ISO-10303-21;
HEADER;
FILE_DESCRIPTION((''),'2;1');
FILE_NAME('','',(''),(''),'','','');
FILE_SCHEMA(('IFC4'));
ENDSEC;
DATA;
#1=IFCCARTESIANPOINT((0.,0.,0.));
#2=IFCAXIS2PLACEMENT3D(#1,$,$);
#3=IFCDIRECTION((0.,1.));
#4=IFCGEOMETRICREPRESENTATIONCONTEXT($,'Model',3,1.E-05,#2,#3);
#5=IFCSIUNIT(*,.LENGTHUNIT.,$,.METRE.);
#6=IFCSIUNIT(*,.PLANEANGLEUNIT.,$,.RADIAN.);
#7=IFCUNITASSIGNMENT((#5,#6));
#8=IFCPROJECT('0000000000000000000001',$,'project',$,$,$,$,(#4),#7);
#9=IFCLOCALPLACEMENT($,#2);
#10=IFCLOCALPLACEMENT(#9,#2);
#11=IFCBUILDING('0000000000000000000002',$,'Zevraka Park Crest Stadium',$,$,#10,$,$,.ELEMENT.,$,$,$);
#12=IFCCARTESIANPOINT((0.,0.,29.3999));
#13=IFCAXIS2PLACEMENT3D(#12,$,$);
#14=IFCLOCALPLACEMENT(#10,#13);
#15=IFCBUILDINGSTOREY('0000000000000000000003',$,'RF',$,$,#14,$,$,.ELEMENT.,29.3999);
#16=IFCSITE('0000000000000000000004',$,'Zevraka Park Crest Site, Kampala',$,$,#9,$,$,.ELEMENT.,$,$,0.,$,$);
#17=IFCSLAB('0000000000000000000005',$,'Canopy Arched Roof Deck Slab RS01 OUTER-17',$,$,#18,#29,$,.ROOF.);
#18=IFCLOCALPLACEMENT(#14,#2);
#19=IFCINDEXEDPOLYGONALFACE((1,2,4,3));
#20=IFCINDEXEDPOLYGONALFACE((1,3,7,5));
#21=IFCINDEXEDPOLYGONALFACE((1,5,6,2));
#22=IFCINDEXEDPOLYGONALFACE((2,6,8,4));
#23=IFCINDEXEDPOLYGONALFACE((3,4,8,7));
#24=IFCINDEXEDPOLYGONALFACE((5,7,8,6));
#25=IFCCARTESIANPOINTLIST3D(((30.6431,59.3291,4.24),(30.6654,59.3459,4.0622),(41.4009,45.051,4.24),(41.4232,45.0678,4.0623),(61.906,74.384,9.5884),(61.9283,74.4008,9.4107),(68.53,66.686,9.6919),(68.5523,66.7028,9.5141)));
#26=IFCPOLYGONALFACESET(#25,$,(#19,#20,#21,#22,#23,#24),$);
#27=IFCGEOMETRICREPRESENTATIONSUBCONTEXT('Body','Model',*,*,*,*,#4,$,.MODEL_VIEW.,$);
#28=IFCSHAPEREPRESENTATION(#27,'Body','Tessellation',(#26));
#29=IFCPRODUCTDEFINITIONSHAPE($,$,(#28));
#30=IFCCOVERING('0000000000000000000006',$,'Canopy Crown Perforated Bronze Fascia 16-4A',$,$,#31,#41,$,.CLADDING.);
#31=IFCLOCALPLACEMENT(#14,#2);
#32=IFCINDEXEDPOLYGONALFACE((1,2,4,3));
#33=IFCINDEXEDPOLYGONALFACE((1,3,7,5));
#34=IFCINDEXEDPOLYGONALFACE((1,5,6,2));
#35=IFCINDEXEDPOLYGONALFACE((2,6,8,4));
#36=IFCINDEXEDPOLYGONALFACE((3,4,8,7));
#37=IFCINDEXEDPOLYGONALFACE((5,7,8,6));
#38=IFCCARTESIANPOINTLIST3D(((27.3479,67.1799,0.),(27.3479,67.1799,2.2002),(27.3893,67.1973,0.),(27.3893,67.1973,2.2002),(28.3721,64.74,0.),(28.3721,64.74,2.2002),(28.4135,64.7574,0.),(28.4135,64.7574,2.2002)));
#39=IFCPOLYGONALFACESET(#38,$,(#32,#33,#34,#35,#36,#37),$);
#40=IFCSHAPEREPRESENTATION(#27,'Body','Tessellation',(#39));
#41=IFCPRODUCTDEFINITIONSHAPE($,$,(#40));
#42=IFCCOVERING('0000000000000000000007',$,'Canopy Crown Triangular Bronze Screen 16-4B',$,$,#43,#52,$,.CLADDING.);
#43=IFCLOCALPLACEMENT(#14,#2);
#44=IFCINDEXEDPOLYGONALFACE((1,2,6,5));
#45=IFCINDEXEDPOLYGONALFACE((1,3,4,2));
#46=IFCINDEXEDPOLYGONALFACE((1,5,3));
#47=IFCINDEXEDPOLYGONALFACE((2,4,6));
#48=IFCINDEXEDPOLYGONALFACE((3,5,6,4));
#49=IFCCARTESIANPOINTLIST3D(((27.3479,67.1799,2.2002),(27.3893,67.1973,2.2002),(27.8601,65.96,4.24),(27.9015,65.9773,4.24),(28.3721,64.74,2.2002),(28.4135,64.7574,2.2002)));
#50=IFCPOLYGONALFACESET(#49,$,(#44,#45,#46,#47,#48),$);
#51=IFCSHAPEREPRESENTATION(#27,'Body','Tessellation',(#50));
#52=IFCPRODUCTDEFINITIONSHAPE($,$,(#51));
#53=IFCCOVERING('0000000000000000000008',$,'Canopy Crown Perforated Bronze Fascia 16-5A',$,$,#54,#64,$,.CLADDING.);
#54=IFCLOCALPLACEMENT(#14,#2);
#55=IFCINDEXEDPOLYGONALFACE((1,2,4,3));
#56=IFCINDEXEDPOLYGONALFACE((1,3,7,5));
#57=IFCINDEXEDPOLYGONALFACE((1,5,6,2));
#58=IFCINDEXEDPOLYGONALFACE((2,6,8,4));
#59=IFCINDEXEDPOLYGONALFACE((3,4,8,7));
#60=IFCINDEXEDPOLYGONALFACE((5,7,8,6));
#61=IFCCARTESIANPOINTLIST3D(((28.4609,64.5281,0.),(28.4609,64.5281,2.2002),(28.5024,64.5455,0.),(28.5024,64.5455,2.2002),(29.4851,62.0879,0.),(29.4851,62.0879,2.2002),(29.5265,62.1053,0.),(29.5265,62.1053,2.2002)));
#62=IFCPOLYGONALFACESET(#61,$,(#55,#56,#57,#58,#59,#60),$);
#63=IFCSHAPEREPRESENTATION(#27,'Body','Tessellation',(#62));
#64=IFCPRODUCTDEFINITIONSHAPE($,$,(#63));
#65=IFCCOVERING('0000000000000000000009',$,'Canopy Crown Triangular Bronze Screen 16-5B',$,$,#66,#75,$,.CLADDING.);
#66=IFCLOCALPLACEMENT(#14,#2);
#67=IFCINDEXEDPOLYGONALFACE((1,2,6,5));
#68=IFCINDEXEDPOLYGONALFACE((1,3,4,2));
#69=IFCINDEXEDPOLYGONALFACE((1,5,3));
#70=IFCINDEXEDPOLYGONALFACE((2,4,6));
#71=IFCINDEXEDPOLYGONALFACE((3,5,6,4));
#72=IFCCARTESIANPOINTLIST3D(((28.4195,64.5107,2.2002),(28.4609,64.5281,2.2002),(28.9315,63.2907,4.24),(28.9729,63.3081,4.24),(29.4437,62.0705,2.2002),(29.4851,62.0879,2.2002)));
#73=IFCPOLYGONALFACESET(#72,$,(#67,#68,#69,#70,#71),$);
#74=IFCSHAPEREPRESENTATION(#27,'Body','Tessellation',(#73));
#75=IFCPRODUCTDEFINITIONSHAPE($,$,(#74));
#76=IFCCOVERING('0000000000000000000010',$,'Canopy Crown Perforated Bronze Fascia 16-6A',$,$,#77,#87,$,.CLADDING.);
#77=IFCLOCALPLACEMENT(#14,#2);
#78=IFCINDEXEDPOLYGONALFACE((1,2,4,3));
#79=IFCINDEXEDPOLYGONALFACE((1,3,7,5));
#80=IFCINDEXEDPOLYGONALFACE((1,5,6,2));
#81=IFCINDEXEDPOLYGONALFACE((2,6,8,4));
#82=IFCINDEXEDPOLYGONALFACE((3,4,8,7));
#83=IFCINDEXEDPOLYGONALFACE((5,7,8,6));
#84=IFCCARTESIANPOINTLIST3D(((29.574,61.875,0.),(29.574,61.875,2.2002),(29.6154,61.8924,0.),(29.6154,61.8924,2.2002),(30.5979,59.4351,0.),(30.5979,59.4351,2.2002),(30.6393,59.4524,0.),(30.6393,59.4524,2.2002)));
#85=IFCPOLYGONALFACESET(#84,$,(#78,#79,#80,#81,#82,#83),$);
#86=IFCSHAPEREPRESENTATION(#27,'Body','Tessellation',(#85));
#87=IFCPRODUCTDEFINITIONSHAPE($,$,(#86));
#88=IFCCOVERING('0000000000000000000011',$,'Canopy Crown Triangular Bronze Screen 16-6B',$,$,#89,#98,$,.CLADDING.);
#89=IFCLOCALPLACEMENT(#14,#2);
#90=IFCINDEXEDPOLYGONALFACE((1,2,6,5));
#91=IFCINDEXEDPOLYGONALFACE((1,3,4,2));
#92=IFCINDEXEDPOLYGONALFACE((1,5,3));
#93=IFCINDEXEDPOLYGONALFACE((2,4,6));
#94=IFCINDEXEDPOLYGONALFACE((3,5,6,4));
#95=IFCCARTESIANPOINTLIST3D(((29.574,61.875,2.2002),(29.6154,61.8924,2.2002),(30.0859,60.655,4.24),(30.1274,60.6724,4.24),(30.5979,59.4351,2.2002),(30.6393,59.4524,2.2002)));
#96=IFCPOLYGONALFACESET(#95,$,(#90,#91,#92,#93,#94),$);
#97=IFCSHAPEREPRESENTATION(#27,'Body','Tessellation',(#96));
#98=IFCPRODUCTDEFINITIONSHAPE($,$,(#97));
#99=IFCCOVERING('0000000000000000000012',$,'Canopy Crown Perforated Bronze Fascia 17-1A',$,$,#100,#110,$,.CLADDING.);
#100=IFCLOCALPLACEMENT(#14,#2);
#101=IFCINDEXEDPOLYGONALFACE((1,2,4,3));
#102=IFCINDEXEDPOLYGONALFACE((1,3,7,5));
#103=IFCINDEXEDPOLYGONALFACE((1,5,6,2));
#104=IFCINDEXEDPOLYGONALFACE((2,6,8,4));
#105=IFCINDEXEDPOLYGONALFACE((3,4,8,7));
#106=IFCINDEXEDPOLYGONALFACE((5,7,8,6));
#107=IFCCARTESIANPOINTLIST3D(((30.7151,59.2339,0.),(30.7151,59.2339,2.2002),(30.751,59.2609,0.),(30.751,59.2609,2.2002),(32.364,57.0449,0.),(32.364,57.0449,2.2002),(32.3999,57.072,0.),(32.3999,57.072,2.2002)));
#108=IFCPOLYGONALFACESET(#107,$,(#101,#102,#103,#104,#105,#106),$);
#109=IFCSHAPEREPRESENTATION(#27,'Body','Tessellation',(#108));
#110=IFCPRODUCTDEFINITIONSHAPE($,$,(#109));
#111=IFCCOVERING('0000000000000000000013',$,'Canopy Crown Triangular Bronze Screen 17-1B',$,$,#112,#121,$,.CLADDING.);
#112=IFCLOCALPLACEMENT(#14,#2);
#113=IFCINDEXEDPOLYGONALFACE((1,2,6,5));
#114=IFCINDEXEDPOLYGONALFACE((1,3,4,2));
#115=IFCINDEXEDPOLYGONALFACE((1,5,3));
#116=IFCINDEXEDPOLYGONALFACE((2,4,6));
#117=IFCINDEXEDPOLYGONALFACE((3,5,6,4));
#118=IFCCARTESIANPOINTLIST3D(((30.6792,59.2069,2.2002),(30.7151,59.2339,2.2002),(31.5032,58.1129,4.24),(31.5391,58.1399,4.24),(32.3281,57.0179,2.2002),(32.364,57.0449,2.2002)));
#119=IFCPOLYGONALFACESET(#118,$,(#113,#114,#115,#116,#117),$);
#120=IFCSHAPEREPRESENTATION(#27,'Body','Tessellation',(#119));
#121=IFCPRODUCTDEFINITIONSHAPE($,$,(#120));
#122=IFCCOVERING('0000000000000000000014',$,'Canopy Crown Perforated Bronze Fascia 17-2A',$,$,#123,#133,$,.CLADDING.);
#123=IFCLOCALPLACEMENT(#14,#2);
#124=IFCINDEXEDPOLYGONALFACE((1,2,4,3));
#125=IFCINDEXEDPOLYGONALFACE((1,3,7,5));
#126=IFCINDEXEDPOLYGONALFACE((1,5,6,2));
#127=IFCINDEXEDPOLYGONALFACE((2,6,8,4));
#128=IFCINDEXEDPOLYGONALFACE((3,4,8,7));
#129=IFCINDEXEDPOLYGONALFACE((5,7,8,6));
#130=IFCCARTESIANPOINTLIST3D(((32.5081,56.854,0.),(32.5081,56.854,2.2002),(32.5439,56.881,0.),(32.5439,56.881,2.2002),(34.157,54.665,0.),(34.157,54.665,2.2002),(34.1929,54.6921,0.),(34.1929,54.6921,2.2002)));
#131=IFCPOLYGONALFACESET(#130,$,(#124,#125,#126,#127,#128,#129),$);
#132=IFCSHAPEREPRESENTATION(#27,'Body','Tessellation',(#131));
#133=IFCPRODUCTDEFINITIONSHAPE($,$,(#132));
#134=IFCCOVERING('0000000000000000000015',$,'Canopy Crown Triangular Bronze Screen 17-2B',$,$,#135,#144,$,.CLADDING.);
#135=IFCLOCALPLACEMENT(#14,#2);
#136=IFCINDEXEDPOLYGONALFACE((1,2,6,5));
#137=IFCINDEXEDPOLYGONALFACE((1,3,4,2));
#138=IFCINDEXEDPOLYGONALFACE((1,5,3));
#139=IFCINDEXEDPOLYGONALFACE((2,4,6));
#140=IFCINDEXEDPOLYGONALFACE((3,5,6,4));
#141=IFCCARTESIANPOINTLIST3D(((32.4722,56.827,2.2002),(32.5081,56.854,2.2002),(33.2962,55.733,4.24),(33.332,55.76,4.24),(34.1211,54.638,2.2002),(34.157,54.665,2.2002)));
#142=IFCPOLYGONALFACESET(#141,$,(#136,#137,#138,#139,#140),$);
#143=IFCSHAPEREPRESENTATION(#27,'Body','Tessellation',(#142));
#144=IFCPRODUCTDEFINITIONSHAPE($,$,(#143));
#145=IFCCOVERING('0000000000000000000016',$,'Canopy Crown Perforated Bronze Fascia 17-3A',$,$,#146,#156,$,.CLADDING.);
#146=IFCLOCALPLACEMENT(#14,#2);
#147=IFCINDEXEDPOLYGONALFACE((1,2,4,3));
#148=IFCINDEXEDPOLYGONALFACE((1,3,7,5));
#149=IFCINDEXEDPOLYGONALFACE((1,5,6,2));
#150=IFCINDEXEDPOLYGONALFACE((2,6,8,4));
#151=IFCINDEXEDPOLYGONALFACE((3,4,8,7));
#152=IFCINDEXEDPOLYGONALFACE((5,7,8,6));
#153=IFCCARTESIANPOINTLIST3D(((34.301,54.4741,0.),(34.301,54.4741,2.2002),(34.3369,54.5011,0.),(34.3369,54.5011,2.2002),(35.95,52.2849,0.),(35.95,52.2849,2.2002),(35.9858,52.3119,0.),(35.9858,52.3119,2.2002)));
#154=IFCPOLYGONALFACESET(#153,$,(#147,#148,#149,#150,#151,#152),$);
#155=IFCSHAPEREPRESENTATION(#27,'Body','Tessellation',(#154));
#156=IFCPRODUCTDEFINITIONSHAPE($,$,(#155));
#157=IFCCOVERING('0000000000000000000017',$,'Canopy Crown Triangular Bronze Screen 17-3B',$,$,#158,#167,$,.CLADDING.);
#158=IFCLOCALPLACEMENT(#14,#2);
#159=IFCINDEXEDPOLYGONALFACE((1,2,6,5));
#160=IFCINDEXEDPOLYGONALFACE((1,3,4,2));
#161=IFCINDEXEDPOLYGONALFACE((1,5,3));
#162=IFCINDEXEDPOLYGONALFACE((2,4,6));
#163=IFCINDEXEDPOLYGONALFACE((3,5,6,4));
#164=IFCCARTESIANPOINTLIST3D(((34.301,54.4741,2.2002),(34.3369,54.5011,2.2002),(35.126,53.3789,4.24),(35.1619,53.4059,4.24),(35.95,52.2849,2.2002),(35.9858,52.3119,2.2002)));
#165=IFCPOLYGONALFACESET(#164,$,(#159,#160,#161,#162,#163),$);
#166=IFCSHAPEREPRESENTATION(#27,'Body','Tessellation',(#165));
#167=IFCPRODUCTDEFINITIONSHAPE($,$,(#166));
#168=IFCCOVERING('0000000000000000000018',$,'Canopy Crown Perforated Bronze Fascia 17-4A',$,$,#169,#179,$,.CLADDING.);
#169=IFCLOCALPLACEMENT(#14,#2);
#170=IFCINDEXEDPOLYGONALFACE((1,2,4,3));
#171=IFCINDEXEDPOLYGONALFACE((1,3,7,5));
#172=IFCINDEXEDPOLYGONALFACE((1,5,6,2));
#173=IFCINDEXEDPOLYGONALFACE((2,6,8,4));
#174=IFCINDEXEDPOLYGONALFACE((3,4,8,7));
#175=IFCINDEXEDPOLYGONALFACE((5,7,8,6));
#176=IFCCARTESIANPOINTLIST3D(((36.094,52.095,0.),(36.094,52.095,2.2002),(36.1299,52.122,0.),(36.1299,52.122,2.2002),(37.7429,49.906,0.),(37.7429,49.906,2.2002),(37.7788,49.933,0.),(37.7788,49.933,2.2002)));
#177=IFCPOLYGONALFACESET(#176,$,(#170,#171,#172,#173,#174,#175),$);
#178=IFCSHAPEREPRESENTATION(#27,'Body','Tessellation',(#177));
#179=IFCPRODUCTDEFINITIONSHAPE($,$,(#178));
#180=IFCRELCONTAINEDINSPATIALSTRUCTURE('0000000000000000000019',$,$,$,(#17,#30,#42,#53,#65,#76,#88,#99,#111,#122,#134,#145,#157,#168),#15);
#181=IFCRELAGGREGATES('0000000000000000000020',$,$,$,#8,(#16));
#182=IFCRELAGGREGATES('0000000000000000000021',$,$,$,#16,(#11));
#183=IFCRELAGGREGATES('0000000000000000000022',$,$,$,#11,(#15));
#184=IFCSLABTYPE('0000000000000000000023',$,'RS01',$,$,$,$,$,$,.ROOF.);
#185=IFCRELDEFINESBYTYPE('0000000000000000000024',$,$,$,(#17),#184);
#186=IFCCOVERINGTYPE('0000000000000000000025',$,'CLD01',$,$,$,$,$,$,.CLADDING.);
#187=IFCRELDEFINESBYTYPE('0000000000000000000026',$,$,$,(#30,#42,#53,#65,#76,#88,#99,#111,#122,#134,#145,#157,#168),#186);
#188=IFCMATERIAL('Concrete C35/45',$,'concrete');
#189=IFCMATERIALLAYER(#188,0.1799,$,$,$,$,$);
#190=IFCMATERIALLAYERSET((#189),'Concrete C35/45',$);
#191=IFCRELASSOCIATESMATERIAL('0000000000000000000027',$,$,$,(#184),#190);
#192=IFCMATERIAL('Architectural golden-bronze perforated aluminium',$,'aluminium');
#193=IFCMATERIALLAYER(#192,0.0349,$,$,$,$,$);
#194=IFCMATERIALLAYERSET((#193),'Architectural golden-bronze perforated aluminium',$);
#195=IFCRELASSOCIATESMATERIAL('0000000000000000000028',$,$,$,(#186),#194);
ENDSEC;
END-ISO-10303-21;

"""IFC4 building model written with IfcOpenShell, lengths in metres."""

from ifc_helpers import new_model, si_unit, direction, frame, origin, place, context, subcontext, project, spatial, polyline, outline, extrude, material, layer, layer_set, type_object, element, save


model = new_model("IFC4")

# Units and contexts
model_context = context("Model", 3, precision=1e-05, world=origin(), true_north=direction((0.0, 1.0)))
body_context = subcontext(model_context, "Body", "Model", "MODEL_VIEW")
ifc_project = project(units=[si_unit("LENGTHUNIT", "METRE"), si_unit("PLANEANGLEUNIT", "RADIAN")], contexts=[model_context])

# Site, building, storey
site_placement = place(None, origin())
site = spatial("IfcSite", under=ifc_project, at=site_placement, Name="Zevraka Park Crest Site, Kampala", CompositionType="ELEMENT", RefElevation=0.0)
building_placement = place(site_placement, origin())
building = spatial("IfcBuilding", under=site, at=building_placement, Name="Zevraka Park Crest Stadium", CompositionType="ELEMENT")
storey_placement = place(building_placement, frame((0.0, 0.0, 29.3999)))
storey = spatial("IfcBuildingStorey", under=building, at=storey_placement, Name="RF", CompositionType="ELEMENT", Elevation=29.3999)

# Slab
ifc_material_1 = material(Name="Concrete C35/45", Category="concrete")
ifc_layer_1 = layer(ifc_material_1, 0.1799)
ifc_layer_set_1 = layer_set([ifc_layer_1], Name="Concrete C35/45")
slab_type = type_object("IfcSlabType", Name="RS01", PredefinedType="ROOF", material=ifc_layer_set_1)
slab_placement = place(storey_placement, frame((30.6431, 59.3291, 4.24), z_axis=(-0.124011, -0.093433, 0.987872), x_axis=(0.601762, -0.798676, 0.000003)))
element("IfcSlab", 1, at=slab_placement, inside=storey, type_object=slab_type, Name="Canopy Arched Roof Deck Slab RS01 OUTER-17", PredefinedType="ROOF", context=body_context, shape_type="SweptSolid", body=[
    extrude(outline(polyline([(0.0, 0.0), (17.8772, 0.0), (16.9231, 35.1124), (6.7888, 34.4462), (0.0, 0.0)])), origin(), (0.0, 0.0, -1.0), 0.1799),
])

# Coverings
ifc_material_2 = material(Name="Architectural golden-bronze perforated aluminium", Category="aluminium")
ifc_layer_2 = layer(ifc_material_2, 0.0349)
ifc_layer_set_2 = layer_set([ifc_layer_2], Name="Architectural golden-bronze perforated aluminium")
covering_type_1 = type_object("IfcCoveringType", Name="CLD01", PredefinedType="CLADDING", material=ifc_layer_set_2)
covering_1_placement = place(storey_placement, frame((27.3479, 67.1799, 0.0), z_axis=(-0.922064, -0.387038, 0.0), x_axis=(0.387038, -0.922064, 0.0)))
element("IfcCovering", 2, at=covering_1_placement, inside=storey, type_object=covering_type_1, Name="Canopy Crown Perforated Bronze Fascia 16-4A", PredefinedType="CLADDING", context=body_context, shape_type="SweptSolid", body=[
    extrude(outline(polyline([(0.0, 0.0), (2.6462, 0.0), (2.6462, 2.2002), (0.0, 2.2002), (0.0, 0.0)])), origin(), (0.0, 0.0, -1.0), 0.0449),
])
covering_2_placement = place(storey_placement, frame((27.3479, 67.1799, 2.2002), z_axis=(-0.922064, -0.387038, 0.000055), x_axis=(0.387038, -0.922064, 0.0)))
element("IfcCovering", 3, at=covering_2_placement, inside=storey, type_object=covering_type_1, Name="Canopy Crown Triangular Bronze Screen 16-4B", PredefinedType="CLADDING", context=body_context, shape_type="SweptSolid", body=[
    extrude(outline(polyline([(0.0, 0.0), (2.6462, 0.0), (1.3231, 2.0398), (0.0, 0.0)])), origin(), (0.0, 0.0, -1.0), 0.0449),
])
covering_3_placement = place(storey_placement, frame((28.4609, 64.5281, 0.0), z_axis=(-0.922078, -0.387005, 0.0), x_axis=(0.387005, -0.922078, 0.0)))
element("IfcCovering", 4, at=covering_3_placement, inside=storey, type_object=covering_type_1, Name="Canopy Crown Perforated Bronze Fascia 16-5A", PredefinedType="CLADDING", context=body_context, shape_type="SweptSolid", body=[
    extrude(outline(polyline([(0.0, 0.0), (2.6464, 0.0), (2.6464, 2.2002), (0.0, 2.2002), (0.0, 0.0)])), origin(), (0.0, 0.0, -1.0), 0.0449),
])
covering_4_placement = place(storey_placement, frame((28.4609, 64.5281, 2.2002), z_axis=(0.922078, 0.387005, 0.000032), x_axis=(0.387005, -0.922078, 0.0)))
element("IfcCovering", 5, at=covering_4_placement, inside=storey, type_object=covering_type_1, Name="Canopy Crown Triangular Bronze Screen 16-5B", PredefinedType="CLADDING", context=body_context, shape_type="SweptSolid", body=[
    extrude(outline(polyline([(0.0, 0.0), (2.6464, 0.0), (1.323, -2.0398), (0.0, 0.0)])), origin(), (0.0, 0.0, -1.0), 0.0449),
])
covering_5_placement = place(storey_placement, frame((29.574, 61.875, 0.0), z_axis=(-0.922097, -0.38696, 0.0), x_axis=(0.38696, -0.922097, 0.0)))
element("IfcCovering", 6, at=covering_5_placement, inside=storey, type_object=covering_type_1, Name="Canopy Crown Perforated Bronze Fascia 16-6A", PredefinedType="CLADDING", context=body_context, shape_type="SweptSolid", body=[
    extrude(outline(polyline([(0.0, 0.0), (2.6461, 0.0), (2.6461, 2.2002), (0.0, 2.2002), (0.0, 0.0)])), origin(), (0.0, 0.0, -1.0), 0.0449),
])
covering_6_placement = place(storey_placement, frame((29.574, 61.875, 2.2002), z_axis=(-0.922097, -0.38696, 0.0), x_axis=(0.38696, -0.922097, 0.0)))
element("IfcCovering", 7, at=covering_6_placement, inside=storey, type_object=covering_type_1, Name="Canopy Crown Triangular Bronze Screen 16-6B", PredefinedType="CLADDING", context=body_context, shape_type="SweptSolid", body=[
    extrude(outline(polyline([(0.0, 0.0), (2.6461, 0.0), (1.323, 2.0398), (0.0, 0.0)])), origin(), (0.0, 0.0, -1.0), 0.0449),
])
covering_7_placement = place(storey_placement, frame((30.7151, 59.2339, 0.0), z_axis=(-0.798737, -0.601681, 0.0), x_axis=(0.601681, -0.798737, 0.0)))
element("IfcCovering", 8, at=covering_7_placement, inside=storey, type_object=covering_type_1, Name="Canopy Crown Perforated Bronze Fascia 17-1A", PredefinedType="CLADDING", context=body_context, shape_type="SweptSolid", body=[
    extrude(outline(polyline([(0.0, 0.0), (2.7405, 0.0), (2.7405, 2.2002), (0.0, 2.2002), (0.0, 0.0)])), origin(), (0.0, 0.0, -1.0), 0.0449),
])
covering_8_placement = place(storey_placement, frame((30.7151, 59.2339, 2.2002), z_axis=(0.798737, 0.601681, 0.000047), x_axis=(0.601681, -0.798737, 0.0)))
element("IfcCovering", 9, at=covering_8_placement, inside=storey, type_object=covering_type_1, Name="Canopy Crown Triangular Bronze Screen 17-1B", PredefinedType="CLADDING", context=body_context, shape_type="SweptSolid", body=[
    extrude(outline(polyline([(0.0, 0.0), (2.7405, 0.0), (1.3696, -2.0398), (0.0, 0.0)])), origin(), (0.0, 0.0, -1.0), 0.0449),
])
covering_9_placement = place(storey_placement, frame((32.5081, 56.854, 0.0), z_axis=(-0.798737, -0.601681, 0.0), x_axis=(0.601681, -0.798737, 0.0)))
element("IfcCovering", 10, at=covering_9_placement, inside=storey, type_object=covering_type_1, Name="Canopy Crown Perforated Bronze Fascia 17-2A", PredefinedType="CLADDING", context=body_context, shape_type="SweptSolid", body=[
    extrude(outline(polyline([(0.0, 0.0), (2.7405, 0.0), (2.7405, 2.2002), (0.0, 2.2002), (0.0, 0.0)])), origin(), (0.0, 0.0, -1.0), 0.0449),
])
covering_10_placement = place(storey_placement, frame((32.5081, 56.854, 2.2002), z_axis=(0.798737, 0.601681, 0.000047), x_axis=(0.601681, -0.798737, 0.0)))
element("IfcCovering", 11, at=covering_10_placement, inside=storey, type_object=covering_type_1, Name="Canopy Crown Triangular Bronze Screen 17-2B", PredefinedType="CLADDING", context=body_context, shape_type="SweptSolid", body=[
    extrude(outline(polyline([(0.0, 0.0), (2.7405, 0.0), (1.3696, -2.0398), (0.0, 0.0)])), origin(), (0.0, 0.0, -1.0), 0.0449),
])
covering_11_placement = place(storey_placement, frame((34.301, 54.4741, 0.0), z_axis=(-0.798769, -0.601638, 0.0), x_axis=(0.601638, -0.798769, 0.0)))
element("IfcCovering", 12, at=covering_11_placement, inside=storey, type_object=covering_type_1, Name="Canopy Crown Perforated Bronze Fascia 17-3A", PredefinedType="CLADDING", context=body_context, shape_type="SweptSolid", body=[
    extrude(outline(polyline([(0.0, 0.0), (2.7407, 0.0), (2.7407, 2.2002), (0.0, 2.2002), (0.0, 0.0)])), origin(), (0.0, 0.0, -1.0), 0.0449),
])
covering_12_placement = place(storey_placement, frame((34.301, 54.4741, 2.2002), z_axis=(-0.798769, -0.601638, 0.000011), x_axis=(0.601638, -0.798769, 0.0)))
element("IfcCovering", 13, at=covering_12_placement, inside=storey, type_object=covering_type_1, Name="Canopy Crown Triangular Bronze Screen 17-3B", PredefinedType="CLADDING", context=body_context, shape_type="SweptSolid", body=[
    extrude(outline(polyline([(0.0, 0.0), (2.7407, 0.0), (1.3711, 2.0398), (0.0, 0.0)])), origin(), (0.0, 0.0, -1.0), 0.0449),
])
covering_13_placement = place(storey_placement, frame((36.094, 52.095, 0.0), z_axis=(-0.798737, -0.601681, 0.0), x_axis=(0.601681, -0.798737, 0.0)))
element("IfcCovering", 14, at=covering_13_placement, inside=storey, type_object=covering_type_1, Name="Canopy Crown Perforated Bronze Fascia 17-4A", PredefinedType="CLADDING", context=body_context, shape_type="SweptSolid", body=[
    extrude(outline(polyline([(0.0, 0.0), (2.7405, 0.0), (2.7405, 2.2002), (0.0, 2.2002), (0.0, 0.0)])), origin(), (0.0, 0.0, -1.0), 0.0449),
])

save(model, "model.ifc")
